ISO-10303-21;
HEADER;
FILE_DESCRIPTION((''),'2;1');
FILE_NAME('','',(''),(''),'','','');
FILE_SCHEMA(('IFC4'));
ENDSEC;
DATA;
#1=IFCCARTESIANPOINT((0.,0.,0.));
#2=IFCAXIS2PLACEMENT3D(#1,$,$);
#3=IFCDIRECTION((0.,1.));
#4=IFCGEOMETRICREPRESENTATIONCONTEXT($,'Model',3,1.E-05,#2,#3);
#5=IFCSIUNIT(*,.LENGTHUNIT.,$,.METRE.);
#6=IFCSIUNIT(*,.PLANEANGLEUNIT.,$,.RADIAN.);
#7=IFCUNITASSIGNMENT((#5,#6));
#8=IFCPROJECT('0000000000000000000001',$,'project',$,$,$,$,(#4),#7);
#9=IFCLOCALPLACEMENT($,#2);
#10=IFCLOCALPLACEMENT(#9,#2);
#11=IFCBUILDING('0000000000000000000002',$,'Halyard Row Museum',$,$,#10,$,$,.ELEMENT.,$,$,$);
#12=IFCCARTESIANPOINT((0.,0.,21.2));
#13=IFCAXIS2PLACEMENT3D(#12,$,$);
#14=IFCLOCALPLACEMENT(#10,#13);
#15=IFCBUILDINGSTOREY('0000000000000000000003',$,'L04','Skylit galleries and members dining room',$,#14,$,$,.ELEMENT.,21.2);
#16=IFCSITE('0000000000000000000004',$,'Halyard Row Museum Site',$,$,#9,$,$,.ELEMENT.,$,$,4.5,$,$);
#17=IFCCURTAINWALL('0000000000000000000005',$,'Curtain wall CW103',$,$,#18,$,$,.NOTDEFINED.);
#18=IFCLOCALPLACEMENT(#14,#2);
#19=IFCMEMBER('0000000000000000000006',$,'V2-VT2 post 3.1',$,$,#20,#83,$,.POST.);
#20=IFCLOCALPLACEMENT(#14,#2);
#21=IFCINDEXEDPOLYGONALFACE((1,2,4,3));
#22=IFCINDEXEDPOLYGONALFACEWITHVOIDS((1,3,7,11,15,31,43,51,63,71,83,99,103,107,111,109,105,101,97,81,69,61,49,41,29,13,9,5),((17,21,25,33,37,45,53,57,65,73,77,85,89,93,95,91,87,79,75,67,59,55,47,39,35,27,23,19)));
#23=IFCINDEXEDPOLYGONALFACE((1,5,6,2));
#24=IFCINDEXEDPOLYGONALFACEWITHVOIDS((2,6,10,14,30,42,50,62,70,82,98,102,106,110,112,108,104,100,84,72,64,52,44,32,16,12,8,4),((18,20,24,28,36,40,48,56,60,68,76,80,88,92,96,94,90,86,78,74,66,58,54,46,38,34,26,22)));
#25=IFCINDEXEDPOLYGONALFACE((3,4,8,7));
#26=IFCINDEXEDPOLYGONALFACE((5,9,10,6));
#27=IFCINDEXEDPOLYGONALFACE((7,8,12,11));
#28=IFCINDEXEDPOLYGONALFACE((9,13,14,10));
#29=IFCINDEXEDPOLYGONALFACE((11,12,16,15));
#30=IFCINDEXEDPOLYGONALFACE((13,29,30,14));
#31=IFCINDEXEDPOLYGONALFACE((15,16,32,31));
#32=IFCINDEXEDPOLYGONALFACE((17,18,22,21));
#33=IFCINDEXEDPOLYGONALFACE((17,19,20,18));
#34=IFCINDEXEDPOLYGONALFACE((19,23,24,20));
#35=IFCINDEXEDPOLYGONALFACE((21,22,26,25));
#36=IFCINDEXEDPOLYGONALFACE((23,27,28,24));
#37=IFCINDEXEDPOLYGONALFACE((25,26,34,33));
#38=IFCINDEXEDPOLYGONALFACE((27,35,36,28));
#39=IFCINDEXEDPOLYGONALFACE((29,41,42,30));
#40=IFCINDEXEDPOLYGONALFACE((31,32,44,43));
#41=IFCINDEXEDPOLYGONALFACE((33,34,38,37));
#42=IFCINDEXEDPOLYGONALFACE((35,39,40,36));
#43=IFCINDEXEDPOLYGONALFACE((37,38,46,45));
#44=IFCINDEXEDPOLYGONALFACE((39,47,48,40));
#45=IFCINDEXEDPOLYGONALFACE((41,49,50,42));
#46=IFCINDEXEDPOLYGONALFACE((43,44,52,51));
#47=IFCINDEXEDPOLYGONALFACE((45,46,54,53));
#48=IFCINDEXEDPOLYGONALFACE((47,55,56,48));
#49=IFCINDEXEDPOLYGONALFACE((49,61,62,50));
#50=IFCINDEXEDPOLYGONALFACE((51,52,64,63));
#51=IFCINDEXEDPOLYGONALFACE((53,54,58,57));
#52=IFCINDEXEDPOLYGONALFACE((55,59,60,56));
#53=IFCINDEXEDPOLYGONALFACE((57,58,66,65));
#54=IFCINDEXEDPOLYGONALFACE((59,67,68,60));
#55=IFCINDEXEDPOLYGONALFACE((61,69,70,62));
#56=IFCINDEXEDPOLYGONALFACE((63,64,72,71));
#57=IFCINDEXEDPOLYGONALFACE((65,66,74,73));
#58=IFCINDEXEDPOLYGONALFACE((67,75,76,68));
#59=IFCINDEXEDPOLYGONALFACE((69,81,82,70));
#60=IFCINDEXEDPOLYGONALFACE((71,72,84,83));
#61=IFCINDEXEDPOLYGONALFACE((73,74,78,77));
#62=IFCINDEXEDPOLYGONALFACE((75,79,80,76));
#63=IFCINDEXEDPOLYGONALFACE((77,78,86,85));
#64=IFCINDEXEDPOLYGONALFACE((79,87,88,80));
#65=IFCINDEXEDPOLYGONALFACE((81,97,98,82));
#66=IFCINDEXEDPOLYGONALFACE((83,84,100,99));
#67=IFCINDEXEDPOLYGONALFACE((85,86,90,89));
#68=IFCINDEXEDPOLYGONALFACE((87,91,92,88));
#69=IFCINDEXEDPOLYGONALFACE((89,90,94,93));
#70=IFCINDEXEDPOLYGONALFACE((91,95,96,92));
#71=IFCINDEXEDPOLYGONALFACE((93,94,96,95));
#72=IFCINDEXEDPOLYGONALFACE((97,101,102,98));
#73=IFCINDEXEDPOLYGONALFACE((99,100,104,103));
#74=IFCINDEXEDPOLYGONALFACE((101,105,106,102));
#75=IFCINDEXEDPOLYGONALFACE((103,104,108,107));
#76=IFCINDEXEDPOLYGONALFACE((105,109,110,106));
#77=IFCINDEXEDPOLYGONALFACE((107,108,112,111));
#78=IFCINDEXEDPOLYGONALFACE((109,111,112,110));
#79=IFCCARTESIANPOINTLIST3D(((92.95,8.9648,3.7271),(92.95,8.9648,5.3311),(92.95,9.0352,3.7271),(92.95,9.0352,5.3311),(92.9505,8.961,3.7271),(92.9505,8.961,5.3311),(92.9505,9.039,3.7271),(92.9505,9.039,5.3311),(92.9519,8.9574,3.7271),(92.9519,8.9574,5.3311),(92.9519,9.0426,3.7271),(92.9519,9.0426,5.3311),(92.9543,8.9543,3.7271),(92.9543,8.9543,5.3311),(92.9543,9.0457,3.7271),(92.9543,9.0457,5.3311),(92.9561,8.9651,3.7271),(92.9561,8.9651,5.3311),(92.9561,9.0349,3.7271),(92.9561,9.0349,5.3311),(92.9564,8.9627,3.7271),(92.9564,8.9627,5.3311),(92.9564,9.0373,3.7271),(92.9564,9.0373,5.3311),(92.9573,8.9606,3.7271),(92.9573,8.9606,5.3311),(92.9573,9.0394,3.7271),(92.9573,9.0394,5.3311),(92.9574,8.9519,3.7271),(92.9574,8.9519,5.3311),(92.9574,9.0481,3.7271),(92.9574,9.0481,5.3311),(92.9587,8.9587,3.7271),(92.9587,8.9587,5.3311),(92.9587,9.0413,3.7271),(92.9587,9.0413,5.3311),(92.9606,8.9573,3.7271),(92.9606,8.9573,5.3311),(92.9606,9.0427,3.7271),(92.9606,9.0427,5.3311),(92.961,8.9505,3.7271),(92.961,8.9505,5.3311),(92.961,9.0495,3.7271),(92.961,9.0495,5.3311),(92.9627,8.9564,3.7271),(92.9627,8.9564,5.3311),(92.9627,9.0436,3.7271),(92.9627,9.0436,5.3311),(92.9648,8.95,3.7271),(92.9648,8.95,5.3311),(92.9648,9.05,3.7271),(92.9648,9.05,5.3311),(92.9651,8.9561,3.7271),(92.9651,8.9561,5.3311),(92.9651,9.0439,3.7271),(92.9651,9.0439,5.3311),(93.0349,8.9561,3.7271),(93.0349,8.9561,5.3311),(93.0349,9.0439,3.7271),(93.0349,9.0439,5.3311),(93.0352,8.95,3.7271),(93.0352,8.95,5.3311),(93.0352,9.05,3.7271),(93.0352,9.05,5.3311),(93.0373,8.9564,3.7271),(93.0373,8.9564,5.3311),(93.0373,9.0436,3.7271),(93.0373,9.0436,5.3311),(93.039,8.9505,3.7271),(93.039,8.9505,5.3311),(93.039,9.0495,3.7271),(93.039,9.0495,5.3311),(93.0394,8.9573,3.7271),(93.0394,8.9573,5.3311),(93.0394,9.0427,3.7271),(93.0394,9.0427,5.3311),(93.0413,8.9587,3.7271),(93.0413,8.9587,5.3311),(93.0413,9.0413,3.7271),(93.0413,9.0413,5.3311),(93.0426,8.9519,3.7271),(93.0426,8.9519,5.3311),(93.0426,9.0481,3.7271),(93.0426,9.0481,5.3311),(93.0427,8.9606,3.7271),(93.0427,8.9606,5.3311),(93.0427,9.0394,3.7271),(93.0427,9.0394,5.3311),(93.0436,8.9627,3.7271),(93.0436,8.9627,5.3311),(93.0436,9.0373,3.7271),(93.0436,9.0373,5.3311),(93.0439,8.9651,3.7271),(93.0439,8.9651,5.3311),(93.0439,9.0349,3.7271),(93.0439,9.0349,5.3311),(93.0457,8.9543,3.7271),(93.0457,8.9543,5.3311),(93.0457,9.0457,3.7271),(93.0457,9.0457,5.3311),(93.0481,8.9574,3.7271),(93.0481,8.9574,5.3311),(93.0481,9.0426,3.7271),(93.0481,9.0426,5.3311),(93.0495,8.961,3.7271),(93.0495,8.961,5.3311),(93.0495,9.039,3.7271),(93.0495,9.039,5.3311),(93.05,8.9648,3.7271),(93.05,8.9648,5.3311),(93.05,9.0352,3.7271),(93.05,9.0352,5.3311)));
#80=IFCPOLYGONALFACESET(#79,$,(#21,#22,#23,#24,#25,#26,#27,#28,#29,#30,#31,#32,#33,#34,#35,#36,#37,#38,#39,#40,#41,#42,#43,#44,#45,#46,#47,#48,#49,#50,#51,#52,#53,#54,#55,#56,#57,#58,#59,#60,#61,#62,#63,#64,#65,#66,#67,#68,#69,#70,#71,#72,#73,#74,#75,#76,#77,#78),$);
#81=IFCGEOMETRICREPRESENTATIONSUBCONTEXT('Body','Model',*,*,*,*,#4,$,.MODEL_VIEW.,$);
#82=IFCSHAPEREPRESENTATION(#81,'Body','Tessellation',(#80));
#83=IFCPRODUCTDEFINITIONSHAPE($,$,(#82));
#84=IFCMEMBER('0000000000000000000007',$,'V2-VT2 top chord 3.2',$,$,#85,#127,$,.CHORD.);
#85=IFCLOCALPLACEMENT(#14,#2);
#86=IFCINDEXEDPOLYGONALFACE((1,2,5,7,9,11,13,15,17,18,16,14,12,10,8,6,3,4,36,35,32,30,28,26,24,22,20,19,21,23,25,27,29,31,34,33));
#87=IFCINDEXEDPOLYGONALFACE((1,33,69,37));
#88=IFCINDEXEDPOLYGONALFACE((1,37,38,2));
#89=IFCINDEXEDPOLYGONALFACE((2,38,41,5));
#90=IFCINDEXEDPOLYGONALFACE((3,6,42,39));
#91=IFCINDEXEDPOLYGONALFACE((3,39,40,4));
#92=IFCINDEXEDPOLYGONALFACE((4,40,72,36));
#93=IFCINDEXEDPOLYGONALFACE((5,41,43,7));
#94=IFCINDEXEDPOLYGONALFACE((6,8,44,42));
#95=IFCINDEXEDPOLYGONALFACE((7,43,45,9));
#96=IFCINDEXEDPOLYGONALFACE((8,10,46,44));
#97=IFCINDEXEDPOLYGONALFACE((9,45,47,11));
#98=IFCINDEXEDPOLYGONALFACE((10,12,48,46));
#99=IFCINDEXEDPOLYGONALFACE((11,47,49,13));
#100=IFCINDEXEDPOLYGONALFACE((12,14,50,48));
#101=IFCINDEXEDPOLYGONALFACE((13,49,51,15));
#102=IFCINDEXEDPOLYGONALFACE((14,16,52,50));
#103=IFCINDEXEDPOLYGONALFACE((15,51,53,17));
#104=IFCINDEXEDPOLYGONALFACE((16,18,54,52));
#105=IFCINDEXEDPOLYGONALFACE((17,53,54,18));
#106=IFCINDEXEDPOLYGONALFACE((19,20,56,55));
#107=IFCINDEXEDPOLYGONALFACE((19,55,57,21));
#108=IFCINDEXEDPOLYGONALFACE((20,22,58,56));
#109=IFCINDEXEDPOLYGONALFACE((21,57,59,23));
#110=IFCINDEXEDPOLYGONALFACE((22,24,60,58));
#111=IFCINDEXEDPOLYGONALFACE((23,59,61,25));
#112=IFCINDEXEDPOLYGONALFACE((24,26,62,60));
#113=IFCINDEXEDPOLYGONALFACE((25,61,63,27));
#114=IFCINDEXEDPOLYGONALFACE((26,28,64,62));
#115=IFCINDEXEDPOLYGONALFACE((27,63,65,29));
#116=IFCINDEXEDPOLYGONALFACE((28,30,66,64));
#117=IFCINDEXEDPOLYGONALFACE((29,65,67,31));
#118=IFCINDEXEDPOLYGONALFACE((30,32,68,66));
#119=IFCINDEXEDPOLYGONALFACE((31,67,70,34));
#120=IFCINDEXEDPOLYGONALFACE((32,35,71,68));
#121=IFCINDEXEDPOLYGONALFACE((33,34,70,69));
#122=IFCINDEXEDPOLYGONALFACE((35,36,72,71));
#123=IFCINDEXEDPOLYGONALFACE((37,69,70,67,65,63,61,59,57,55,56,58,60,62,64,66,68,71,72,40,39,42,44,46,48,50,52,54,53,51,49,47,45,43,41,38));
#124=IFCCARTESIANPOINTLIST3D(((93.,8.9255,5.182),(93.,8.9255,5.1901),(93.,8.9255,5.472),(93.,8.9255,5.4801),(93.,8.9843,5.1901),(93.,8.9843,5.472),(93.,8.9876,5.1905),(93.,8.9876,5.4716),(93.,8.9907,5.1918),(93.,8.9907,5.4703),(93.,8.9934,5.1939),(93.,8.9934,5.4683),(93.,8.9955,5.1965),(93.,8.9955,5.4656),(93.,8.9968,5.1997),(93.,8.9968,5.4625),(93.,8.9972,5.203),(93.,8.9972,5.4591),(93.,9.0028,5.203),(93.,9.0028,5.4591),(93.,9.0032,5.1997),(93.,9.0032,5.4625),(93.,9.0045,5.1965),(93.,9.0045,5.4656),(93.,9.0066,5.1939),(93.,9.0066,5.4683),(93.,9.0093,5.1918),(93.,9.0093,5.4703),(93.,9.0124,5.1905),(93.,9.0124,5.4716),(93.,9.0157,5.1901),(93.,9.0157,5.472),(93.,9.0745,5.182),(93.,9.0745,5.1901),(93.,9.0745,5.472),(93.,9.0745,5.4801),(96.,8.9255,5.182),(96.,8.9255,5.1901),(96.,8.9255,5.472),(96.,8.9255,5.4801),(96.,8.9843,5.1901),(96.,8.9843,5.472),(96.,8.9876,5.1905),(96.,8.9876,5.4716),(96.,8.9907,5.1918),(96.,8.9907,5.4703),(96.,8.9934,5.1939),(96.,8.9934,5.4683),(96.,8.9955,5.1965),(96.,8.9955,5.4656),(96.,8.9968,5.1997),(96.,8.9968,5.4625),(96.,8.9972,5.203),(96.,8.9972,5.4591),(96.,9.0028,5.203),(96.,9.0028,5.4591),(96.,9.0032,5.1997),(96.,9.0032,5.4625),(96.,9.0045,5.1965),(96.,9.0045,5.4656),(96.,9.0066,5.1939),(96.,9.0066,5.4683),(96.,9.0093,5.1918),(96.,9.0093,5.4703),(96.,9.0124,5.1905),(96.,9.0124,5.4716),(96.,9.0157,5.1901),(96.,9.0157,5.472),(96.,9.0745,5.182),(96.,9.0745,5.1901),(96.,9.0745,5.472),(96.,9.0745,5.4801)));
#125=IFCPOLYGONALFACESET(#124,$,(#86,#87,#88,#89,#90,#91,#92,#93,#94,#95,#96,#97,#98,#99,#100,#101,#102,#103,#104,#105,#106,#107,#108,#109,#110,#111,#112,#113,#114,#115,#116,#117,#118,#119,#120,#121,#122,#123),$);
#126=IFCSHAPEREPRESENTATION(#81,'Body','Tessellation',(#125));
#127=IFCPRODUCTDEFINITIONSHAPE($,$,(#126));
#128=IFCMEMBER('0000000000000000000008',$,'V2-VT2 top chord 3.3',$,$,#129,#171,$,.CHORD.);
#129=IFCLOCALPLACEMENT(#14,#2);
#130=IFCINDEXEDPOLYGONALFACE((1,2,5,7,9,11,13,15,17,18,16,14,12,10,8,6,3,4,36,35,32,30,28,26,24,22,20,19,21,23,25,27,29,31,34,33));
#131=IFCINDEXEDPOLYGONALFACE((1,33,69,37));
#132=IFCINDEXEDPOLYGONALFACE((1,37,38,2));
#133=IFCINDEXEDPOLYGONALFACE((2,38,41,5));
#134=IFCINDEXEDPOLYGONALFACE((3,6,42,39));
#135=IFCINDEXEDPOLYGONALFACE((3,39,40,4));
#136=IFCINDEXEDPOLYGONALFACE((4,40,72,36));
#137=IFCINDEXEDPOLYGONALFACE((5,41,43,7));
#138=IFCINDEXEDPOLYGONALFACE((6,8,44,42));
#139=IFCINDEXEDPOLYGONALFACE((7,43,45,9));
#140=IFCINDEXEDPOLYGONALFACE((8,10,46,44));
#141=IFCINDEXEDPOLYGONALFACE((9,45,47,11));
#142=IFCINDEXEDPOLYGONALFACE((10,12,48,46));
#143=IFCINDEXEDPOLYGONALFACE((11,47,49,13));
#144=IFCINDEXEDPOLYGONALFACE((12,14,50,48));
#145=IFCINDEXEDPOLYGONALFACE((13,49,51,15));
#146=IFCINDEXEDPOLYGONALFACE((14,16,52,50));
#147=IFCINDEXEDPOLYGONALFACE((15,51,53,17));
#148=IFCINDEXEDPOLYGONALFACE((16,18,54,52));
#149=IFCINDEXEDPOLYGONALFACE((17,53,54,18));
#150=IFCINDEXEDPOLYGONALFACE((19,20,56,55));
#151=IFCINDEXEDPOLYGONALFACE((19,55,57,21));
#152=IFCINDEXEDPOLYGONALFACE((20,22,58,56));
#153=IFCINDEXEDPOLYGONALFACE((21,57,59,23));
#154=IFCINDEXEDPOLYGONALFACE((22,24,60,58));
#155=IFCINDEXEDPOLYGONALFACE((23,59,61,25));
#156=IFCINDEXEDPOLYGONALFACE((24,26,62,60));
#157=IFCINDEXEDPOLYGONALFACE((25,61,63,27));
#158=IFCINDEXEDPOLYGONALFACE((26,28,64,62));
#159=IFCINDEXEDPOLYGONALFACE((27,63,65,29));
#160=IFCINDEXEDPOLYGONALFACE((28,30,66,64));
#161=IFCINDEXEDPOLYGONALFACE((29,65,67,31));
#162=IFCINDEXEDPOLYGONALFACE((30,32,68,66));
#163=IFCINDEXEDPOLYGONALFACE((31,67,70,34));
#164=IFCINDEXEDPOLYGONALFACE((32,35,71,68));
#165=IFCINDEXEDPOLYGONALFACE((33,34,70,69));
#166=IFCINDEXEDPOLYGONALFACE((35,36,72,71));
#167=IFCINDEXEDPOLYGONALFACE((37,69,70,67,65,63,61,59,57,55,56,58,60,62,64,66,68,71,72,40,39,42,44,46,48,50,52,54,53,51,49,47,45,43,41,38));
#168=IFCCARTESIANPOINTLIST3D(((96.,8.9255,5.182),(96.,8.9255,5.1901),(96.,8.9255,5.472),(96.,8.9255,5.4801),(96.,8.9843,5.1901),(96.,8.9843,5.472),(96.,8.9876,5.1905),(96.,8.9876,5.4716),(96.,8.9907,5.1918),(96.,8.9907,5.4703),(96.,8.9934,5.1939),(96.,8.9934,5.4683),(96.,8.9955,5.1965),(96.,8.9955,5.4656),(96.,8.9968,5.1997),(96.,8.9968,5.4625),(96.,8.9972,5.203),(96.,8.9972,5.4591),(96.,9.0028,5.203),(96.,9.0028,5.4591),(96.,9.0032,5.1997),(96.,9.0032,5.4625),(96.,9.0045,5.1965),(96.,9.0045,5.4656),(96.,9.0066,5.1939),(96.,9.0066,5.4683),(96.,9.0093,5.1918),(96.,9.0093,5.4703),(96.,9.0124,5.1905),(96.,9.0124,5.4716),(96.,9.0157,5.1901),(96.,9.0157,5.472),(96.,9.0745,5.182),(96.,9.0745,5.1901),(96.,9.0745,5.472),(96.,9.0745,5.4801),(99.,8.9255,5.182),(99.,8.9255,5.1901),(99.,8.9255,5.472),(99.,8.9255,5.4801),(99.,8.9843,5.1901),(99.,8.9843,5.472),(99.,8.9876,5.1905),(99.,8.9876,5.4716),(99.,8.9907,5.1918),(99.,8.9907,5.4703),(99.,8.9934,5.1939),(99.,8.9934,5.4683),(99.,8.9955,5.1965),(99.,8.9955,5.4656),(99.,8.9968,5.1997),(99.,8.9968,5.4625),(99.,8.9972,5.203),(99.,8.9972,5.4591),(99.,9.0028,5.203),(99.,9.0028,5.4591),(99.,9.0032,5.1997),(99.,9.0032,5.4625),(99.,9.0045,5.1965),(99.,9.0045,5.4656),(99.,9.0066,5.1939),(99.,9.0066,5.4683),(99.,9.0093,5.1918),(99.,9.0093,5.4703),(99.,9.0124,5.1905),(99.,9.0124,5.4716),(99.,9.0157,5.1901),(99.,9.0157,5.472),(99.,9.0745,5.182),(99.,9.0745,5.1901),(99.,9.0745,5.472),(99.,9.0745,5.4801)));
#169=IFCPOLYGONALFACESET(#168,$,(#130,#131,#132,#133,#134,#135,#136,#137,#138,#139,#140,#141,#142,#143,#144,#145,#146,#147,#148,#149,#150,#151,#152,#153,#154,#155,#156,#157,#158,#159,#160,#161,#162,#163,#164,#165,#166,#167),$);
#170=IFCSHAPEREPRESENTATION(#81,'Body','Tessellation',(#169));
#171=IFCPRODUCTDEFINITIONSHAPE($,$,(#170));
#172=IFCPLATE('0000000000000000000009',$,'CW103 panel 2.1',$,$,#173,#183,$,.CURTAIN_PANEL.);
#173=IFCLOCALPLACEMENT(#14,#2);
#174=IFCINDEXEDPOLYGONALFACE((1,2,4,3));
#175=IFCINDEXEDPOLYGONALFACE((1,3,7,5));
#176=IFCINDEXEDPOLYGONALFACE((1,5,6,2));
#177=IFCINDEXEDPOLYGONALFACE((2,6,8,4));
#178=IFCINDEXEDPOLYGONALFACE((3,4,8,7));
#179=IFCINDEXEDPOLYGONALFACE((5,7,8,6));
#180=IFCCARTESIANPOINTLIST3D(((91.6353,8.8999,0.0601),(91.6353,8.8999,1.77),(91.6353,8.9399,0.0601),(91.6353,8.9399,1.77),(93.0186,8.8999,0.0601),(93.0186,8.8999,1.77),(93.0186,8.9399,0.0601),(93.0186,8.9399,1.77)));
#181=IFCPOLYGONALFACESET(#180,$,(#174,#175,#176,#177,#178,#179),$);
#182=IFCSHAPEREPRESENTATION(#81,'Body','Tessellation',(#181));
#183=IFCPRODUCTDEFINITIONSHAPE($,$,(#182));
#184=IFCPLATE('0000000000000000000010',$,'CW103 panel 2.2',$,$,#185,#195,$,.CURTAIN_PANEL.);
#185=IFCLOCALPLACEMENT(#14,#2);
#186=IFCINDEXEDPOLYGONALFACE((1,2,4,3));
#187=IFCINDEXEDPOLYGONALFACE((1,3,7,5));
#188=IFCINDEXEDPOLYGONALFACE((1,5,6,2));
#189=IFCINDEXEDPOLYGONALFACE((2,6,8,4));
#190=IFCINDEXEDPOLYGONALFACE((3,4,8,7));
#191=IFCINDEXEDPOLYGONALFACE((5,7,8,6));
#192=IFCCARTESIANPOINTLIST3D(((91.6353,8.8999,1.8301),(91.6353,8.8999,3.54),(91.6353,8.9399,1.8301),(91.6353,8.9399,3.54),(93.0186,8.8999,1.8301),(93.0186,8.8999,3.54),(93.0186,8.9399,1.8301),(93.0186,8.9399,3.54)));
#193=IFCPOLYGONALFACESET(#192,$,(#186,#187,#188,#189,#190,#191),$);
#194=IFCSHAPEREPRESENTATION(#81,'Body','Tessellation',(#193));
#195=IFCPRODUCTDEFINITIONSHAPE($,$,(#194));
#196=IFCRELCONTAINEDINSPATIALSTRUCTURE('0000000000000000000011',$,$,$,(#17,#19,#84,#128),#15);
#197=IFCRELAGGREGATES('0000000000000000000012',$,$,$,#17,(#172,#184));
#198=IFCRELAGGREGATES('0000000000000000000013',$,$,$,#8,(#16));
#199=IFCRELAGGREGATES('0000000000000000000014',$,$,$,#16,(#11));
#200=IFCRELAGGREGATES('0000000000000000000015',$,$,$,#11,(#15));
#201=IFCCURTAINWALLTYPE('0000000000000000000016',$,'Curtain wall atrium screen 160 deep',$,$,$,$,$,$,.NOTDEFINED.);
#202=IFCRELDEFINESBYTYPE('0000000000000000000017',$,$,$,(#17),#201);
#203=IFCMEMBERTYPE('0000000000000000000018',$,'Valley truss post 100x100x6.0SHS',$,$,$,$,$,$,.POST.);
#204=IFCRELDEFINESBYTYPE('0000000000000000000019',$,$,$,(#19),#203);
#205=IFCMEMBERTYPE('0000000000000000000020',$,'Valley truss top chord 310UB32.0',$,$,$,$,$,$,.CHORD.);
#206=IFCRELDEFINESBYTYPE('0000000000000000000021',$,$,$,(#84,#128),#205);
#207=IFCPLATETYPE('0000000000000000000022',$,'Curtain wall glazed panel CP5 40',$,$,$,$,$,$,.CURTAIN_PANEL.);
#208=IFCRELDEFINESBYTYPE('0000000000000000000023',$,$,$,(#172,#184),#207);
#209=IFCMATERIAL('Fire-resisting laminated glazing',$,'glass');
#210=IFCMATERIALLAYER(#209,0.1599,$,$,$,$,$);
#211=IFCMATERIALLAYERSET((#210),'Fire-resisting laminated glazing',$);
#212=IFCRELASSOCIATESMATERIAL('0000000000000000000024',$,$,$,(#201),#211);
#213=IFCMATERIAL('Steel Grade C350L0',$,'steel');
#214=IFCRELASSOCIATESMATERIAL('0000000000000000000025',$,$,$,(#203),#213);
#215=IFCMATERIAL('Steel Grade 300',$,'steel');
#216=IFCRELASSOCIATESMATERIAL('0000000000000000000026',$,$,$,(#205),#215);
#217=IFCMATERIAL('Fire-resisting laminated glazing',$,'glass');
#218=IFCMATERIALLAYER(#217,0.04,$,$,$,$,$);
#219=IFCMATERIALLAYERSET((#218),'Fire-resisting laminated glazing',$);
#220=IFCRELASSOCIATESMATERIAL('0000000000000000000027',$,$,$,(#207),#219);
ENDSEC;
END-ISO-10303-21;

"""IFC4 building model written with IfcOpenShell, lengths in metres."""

from ifc_helpers import new_model, si_unit, direction, frame, origin, origin_2d, place, context, subcontext, project, spatial, rectangle, hollow_rectangle, i_section, extrude, material, layer, layer_set, material_profile, profile_set, type_object, element, aggregate, save


model = new_model("IFC4")

# Units and contexts
model_context = context("Model", 3, precision=1e-05, world=origin(), true_north=direction((0.0, 1.0)))
body_context = subcontext(model_context, "Body", "Model", "MODEL_VIEW")
ifc_project = project(units=[si_unit("LENGTHUNIT", "METRE"), si_unit("PLANEANGLEUNIT", "RADIAN")], contexts=[model_context])

# Site, building, storey
site_placement = place(None, origin())
site = spatial("IfcSite", under=ifc_project, at=site_placement, Name="Halyard Row Museum Site", CompositionType="ELEMENT", RefElevation=4.5)
building_placement = place(site_placement, origin())
building = spatial("IfcBuilding", under=site, at=building_placement, Name="Halyard Row Museum", CompositionType="ELEMENT")
storey_placement = place(building_placement, frame((0.0, 0.0, 21.2)))
storey = spatial("IfcBuildingStorey", under=building, at=storey_placement, Name="L04", Description="Skylit galleries and members dining room", CompositionType="ELEMENT", Elevation=21.2)

# Curtain wall
ifc_material_1 = material(Name="Fire-resisting laminated glazing", Category="glass")
ifc_layer_1 = layer(ifc_material_1, 0.1599)
ifc_layer_set_1 = layer_set([ifc_layer_1], Name="Fire-resisting laminated glazing")
curtain_wall_type = type_object("IfcCurtainWallType", Name="Curtain wall atrium screen 160 deep", PredefinedType="NOTDEFINED", material=ifc_layer_set_1)
curtain_wall_placement = place(storey_placement, origin())
curtain_wall = element("IfcCurtainWall", 1, at=curtain_wall_placement, inside=storey, type_object=curtain_wall_type, Name="Curtain wall CW103", PredefinedType="NOTDEFINED")

# Members
ifc_material_2 = material(Name="Steel Grade C350L0", Category="steel")
ifc_material_profile_1 = material_profile(ifc_material_2, hollow_rectangle(XDim=0.1001, YDim=0.1001, WallThickness=0.0061, InnerFilletRadius=0.009, OuterFilletRadius=0.0149, at=origin_2d()), Name="100x100x6.0SHS")
ifc_profile_set_1 = profile_set([ifc_material_profile_1], Name="Steel Grade C350L0")
member_type_1 = type_object("IfcMemberType", Name="Valley truss post 100x100x6.0SHS", PredefinedType="POST", material=ifc_profile_set_1)
member_1_placement = place(storey_placement, frame((93.0, 9.0, 3.7271), z_axis=(0.0, 0.0, 1.0), x_axis=(1.0, 0.0, 0.0)))
element("IfcMember", 2, at=member_1_placement, inside=storey, type_object=member_type_1, Name="V2-VT2 post 3.1", PredefinedType="POST", context=body_context, shape_type="SweptSolid", body=[
    extrude(hollow_rectangle(XDim=0.1001, YDim=0.1001, WallThickness=0.0061, InnerFilletRadius=0.009, OuterFilletRadius=0.0149, at=origin_2d()), origin(), (0.0, 0.0, 1.0), 1.604),
])
ifc_material_3 = material(Name="Steel Grade 300", Category="steel")
ifc_material_profile_2 = material_profile(ifc_material_3, i_section(OverallWidth=0.1489, OverallDepth=0.2981, WebThickness=0.0056, FlangeThickness=0.0081, FilletRadius=0.0129, at=origin_2d()), Name="310UB32.0")
ifc_profile_set_2 = profile_set([ifc_material_profile_2], Name="Steel Grade 300")
member_type_2 = type_object("IfcMemberType", Name="Valley truss top chord 310UB32.0", PredefinedType="CHORD", material=ifc_profile_set_2)
for number, where, z_axis, x_axis, name in (
    (3, (93.0, 9.0, 5.3311), (1.0, 0.0, 0.0), (0.0, 1.0, 0.0), "V2-VT2 top chord 3.2"),
    (4, (96.0, 9.0, 5.3311), (1.0, 0.0, 0.0), (0.0, 1.0, 0.0), "V2-VT2 top chord 3.3"),
):
    element("IfcMember", number, at=place(storey_placement, frame(where, z_axis=z_axis, x_axis=x_axis)), inside=storey, type_object=member_type_2, Name=name, PredefinedType="CHORD", context=body_context, shape_type="SweptSolid", body=[
        extrude(i_section(OverallWidth=0.1489, OverallDepth=0.2981, WebThickness=0.0056, FlangeThickness=0.0081, FilletRadius=0.0129, at=origin_2d()), origin(), (0.0, 0.0, 1.0), 3.0),
    ])

# Plates
ifc_material_4 = material(Name="Fire-resisting laminated glazing", Category="glass")
ifc_layer_2 = layer(ifc_material_4, 0.04)
ifc_layer_set_2 = layer_set([ifc_layer_2], Name="Fire-resisting laminated glazing")
plate_type = type_object("IfcPlateType", Name="Curtain wall glazed panel CP5 40", PredefinedType="CURTAIN_PANEL", material=ifc_layer_set_2)
plate_1_placement = place(storey_placement, frame((92.3269, 8.9199, 0.0601), z_axis=(0.0, 0.0, 1.0), x_axis=(1.0, 0.0, 0.0)))
plate_1 = element("IfcPlate", 5, at=plate_1_placement, type_object=plate_type, Name="CW103 panel 2.1", PredefinedType="CURTAIN_PANEL", context=body_context, shape_type="SweptSolid", body=[
    extrude(rectangle(XDim=1.3833, YDim=0.04, at=origin_2d()), origin(), (0.0, 0.0, 1.0), 1.71),
])
plate_2_placement = place(storey_placement, frame((92.3269, 8.9199, 1.8301), z_axis=(0.0, 0.0, 1.0), x_axis=(1.0, 0.0, 0.0)))
plate_2 = element("IfcPlate", 6, at=plate_2_placement, type_object=plate_type, Name="CW103 panel 2.2", PredefinedType="CURTAIN_PANEL", context=body_context, shape_type="SweptSolid", body=[
    extrude(rectangle(XDim=1.3833, YDim=0.04, at=origin_2d()), origin(), (0.0, 0.0, 1.0), 1.71),
])
aggregate(curtain_wall, [plate_1, plate_2])

save(model, "model.ifc")
